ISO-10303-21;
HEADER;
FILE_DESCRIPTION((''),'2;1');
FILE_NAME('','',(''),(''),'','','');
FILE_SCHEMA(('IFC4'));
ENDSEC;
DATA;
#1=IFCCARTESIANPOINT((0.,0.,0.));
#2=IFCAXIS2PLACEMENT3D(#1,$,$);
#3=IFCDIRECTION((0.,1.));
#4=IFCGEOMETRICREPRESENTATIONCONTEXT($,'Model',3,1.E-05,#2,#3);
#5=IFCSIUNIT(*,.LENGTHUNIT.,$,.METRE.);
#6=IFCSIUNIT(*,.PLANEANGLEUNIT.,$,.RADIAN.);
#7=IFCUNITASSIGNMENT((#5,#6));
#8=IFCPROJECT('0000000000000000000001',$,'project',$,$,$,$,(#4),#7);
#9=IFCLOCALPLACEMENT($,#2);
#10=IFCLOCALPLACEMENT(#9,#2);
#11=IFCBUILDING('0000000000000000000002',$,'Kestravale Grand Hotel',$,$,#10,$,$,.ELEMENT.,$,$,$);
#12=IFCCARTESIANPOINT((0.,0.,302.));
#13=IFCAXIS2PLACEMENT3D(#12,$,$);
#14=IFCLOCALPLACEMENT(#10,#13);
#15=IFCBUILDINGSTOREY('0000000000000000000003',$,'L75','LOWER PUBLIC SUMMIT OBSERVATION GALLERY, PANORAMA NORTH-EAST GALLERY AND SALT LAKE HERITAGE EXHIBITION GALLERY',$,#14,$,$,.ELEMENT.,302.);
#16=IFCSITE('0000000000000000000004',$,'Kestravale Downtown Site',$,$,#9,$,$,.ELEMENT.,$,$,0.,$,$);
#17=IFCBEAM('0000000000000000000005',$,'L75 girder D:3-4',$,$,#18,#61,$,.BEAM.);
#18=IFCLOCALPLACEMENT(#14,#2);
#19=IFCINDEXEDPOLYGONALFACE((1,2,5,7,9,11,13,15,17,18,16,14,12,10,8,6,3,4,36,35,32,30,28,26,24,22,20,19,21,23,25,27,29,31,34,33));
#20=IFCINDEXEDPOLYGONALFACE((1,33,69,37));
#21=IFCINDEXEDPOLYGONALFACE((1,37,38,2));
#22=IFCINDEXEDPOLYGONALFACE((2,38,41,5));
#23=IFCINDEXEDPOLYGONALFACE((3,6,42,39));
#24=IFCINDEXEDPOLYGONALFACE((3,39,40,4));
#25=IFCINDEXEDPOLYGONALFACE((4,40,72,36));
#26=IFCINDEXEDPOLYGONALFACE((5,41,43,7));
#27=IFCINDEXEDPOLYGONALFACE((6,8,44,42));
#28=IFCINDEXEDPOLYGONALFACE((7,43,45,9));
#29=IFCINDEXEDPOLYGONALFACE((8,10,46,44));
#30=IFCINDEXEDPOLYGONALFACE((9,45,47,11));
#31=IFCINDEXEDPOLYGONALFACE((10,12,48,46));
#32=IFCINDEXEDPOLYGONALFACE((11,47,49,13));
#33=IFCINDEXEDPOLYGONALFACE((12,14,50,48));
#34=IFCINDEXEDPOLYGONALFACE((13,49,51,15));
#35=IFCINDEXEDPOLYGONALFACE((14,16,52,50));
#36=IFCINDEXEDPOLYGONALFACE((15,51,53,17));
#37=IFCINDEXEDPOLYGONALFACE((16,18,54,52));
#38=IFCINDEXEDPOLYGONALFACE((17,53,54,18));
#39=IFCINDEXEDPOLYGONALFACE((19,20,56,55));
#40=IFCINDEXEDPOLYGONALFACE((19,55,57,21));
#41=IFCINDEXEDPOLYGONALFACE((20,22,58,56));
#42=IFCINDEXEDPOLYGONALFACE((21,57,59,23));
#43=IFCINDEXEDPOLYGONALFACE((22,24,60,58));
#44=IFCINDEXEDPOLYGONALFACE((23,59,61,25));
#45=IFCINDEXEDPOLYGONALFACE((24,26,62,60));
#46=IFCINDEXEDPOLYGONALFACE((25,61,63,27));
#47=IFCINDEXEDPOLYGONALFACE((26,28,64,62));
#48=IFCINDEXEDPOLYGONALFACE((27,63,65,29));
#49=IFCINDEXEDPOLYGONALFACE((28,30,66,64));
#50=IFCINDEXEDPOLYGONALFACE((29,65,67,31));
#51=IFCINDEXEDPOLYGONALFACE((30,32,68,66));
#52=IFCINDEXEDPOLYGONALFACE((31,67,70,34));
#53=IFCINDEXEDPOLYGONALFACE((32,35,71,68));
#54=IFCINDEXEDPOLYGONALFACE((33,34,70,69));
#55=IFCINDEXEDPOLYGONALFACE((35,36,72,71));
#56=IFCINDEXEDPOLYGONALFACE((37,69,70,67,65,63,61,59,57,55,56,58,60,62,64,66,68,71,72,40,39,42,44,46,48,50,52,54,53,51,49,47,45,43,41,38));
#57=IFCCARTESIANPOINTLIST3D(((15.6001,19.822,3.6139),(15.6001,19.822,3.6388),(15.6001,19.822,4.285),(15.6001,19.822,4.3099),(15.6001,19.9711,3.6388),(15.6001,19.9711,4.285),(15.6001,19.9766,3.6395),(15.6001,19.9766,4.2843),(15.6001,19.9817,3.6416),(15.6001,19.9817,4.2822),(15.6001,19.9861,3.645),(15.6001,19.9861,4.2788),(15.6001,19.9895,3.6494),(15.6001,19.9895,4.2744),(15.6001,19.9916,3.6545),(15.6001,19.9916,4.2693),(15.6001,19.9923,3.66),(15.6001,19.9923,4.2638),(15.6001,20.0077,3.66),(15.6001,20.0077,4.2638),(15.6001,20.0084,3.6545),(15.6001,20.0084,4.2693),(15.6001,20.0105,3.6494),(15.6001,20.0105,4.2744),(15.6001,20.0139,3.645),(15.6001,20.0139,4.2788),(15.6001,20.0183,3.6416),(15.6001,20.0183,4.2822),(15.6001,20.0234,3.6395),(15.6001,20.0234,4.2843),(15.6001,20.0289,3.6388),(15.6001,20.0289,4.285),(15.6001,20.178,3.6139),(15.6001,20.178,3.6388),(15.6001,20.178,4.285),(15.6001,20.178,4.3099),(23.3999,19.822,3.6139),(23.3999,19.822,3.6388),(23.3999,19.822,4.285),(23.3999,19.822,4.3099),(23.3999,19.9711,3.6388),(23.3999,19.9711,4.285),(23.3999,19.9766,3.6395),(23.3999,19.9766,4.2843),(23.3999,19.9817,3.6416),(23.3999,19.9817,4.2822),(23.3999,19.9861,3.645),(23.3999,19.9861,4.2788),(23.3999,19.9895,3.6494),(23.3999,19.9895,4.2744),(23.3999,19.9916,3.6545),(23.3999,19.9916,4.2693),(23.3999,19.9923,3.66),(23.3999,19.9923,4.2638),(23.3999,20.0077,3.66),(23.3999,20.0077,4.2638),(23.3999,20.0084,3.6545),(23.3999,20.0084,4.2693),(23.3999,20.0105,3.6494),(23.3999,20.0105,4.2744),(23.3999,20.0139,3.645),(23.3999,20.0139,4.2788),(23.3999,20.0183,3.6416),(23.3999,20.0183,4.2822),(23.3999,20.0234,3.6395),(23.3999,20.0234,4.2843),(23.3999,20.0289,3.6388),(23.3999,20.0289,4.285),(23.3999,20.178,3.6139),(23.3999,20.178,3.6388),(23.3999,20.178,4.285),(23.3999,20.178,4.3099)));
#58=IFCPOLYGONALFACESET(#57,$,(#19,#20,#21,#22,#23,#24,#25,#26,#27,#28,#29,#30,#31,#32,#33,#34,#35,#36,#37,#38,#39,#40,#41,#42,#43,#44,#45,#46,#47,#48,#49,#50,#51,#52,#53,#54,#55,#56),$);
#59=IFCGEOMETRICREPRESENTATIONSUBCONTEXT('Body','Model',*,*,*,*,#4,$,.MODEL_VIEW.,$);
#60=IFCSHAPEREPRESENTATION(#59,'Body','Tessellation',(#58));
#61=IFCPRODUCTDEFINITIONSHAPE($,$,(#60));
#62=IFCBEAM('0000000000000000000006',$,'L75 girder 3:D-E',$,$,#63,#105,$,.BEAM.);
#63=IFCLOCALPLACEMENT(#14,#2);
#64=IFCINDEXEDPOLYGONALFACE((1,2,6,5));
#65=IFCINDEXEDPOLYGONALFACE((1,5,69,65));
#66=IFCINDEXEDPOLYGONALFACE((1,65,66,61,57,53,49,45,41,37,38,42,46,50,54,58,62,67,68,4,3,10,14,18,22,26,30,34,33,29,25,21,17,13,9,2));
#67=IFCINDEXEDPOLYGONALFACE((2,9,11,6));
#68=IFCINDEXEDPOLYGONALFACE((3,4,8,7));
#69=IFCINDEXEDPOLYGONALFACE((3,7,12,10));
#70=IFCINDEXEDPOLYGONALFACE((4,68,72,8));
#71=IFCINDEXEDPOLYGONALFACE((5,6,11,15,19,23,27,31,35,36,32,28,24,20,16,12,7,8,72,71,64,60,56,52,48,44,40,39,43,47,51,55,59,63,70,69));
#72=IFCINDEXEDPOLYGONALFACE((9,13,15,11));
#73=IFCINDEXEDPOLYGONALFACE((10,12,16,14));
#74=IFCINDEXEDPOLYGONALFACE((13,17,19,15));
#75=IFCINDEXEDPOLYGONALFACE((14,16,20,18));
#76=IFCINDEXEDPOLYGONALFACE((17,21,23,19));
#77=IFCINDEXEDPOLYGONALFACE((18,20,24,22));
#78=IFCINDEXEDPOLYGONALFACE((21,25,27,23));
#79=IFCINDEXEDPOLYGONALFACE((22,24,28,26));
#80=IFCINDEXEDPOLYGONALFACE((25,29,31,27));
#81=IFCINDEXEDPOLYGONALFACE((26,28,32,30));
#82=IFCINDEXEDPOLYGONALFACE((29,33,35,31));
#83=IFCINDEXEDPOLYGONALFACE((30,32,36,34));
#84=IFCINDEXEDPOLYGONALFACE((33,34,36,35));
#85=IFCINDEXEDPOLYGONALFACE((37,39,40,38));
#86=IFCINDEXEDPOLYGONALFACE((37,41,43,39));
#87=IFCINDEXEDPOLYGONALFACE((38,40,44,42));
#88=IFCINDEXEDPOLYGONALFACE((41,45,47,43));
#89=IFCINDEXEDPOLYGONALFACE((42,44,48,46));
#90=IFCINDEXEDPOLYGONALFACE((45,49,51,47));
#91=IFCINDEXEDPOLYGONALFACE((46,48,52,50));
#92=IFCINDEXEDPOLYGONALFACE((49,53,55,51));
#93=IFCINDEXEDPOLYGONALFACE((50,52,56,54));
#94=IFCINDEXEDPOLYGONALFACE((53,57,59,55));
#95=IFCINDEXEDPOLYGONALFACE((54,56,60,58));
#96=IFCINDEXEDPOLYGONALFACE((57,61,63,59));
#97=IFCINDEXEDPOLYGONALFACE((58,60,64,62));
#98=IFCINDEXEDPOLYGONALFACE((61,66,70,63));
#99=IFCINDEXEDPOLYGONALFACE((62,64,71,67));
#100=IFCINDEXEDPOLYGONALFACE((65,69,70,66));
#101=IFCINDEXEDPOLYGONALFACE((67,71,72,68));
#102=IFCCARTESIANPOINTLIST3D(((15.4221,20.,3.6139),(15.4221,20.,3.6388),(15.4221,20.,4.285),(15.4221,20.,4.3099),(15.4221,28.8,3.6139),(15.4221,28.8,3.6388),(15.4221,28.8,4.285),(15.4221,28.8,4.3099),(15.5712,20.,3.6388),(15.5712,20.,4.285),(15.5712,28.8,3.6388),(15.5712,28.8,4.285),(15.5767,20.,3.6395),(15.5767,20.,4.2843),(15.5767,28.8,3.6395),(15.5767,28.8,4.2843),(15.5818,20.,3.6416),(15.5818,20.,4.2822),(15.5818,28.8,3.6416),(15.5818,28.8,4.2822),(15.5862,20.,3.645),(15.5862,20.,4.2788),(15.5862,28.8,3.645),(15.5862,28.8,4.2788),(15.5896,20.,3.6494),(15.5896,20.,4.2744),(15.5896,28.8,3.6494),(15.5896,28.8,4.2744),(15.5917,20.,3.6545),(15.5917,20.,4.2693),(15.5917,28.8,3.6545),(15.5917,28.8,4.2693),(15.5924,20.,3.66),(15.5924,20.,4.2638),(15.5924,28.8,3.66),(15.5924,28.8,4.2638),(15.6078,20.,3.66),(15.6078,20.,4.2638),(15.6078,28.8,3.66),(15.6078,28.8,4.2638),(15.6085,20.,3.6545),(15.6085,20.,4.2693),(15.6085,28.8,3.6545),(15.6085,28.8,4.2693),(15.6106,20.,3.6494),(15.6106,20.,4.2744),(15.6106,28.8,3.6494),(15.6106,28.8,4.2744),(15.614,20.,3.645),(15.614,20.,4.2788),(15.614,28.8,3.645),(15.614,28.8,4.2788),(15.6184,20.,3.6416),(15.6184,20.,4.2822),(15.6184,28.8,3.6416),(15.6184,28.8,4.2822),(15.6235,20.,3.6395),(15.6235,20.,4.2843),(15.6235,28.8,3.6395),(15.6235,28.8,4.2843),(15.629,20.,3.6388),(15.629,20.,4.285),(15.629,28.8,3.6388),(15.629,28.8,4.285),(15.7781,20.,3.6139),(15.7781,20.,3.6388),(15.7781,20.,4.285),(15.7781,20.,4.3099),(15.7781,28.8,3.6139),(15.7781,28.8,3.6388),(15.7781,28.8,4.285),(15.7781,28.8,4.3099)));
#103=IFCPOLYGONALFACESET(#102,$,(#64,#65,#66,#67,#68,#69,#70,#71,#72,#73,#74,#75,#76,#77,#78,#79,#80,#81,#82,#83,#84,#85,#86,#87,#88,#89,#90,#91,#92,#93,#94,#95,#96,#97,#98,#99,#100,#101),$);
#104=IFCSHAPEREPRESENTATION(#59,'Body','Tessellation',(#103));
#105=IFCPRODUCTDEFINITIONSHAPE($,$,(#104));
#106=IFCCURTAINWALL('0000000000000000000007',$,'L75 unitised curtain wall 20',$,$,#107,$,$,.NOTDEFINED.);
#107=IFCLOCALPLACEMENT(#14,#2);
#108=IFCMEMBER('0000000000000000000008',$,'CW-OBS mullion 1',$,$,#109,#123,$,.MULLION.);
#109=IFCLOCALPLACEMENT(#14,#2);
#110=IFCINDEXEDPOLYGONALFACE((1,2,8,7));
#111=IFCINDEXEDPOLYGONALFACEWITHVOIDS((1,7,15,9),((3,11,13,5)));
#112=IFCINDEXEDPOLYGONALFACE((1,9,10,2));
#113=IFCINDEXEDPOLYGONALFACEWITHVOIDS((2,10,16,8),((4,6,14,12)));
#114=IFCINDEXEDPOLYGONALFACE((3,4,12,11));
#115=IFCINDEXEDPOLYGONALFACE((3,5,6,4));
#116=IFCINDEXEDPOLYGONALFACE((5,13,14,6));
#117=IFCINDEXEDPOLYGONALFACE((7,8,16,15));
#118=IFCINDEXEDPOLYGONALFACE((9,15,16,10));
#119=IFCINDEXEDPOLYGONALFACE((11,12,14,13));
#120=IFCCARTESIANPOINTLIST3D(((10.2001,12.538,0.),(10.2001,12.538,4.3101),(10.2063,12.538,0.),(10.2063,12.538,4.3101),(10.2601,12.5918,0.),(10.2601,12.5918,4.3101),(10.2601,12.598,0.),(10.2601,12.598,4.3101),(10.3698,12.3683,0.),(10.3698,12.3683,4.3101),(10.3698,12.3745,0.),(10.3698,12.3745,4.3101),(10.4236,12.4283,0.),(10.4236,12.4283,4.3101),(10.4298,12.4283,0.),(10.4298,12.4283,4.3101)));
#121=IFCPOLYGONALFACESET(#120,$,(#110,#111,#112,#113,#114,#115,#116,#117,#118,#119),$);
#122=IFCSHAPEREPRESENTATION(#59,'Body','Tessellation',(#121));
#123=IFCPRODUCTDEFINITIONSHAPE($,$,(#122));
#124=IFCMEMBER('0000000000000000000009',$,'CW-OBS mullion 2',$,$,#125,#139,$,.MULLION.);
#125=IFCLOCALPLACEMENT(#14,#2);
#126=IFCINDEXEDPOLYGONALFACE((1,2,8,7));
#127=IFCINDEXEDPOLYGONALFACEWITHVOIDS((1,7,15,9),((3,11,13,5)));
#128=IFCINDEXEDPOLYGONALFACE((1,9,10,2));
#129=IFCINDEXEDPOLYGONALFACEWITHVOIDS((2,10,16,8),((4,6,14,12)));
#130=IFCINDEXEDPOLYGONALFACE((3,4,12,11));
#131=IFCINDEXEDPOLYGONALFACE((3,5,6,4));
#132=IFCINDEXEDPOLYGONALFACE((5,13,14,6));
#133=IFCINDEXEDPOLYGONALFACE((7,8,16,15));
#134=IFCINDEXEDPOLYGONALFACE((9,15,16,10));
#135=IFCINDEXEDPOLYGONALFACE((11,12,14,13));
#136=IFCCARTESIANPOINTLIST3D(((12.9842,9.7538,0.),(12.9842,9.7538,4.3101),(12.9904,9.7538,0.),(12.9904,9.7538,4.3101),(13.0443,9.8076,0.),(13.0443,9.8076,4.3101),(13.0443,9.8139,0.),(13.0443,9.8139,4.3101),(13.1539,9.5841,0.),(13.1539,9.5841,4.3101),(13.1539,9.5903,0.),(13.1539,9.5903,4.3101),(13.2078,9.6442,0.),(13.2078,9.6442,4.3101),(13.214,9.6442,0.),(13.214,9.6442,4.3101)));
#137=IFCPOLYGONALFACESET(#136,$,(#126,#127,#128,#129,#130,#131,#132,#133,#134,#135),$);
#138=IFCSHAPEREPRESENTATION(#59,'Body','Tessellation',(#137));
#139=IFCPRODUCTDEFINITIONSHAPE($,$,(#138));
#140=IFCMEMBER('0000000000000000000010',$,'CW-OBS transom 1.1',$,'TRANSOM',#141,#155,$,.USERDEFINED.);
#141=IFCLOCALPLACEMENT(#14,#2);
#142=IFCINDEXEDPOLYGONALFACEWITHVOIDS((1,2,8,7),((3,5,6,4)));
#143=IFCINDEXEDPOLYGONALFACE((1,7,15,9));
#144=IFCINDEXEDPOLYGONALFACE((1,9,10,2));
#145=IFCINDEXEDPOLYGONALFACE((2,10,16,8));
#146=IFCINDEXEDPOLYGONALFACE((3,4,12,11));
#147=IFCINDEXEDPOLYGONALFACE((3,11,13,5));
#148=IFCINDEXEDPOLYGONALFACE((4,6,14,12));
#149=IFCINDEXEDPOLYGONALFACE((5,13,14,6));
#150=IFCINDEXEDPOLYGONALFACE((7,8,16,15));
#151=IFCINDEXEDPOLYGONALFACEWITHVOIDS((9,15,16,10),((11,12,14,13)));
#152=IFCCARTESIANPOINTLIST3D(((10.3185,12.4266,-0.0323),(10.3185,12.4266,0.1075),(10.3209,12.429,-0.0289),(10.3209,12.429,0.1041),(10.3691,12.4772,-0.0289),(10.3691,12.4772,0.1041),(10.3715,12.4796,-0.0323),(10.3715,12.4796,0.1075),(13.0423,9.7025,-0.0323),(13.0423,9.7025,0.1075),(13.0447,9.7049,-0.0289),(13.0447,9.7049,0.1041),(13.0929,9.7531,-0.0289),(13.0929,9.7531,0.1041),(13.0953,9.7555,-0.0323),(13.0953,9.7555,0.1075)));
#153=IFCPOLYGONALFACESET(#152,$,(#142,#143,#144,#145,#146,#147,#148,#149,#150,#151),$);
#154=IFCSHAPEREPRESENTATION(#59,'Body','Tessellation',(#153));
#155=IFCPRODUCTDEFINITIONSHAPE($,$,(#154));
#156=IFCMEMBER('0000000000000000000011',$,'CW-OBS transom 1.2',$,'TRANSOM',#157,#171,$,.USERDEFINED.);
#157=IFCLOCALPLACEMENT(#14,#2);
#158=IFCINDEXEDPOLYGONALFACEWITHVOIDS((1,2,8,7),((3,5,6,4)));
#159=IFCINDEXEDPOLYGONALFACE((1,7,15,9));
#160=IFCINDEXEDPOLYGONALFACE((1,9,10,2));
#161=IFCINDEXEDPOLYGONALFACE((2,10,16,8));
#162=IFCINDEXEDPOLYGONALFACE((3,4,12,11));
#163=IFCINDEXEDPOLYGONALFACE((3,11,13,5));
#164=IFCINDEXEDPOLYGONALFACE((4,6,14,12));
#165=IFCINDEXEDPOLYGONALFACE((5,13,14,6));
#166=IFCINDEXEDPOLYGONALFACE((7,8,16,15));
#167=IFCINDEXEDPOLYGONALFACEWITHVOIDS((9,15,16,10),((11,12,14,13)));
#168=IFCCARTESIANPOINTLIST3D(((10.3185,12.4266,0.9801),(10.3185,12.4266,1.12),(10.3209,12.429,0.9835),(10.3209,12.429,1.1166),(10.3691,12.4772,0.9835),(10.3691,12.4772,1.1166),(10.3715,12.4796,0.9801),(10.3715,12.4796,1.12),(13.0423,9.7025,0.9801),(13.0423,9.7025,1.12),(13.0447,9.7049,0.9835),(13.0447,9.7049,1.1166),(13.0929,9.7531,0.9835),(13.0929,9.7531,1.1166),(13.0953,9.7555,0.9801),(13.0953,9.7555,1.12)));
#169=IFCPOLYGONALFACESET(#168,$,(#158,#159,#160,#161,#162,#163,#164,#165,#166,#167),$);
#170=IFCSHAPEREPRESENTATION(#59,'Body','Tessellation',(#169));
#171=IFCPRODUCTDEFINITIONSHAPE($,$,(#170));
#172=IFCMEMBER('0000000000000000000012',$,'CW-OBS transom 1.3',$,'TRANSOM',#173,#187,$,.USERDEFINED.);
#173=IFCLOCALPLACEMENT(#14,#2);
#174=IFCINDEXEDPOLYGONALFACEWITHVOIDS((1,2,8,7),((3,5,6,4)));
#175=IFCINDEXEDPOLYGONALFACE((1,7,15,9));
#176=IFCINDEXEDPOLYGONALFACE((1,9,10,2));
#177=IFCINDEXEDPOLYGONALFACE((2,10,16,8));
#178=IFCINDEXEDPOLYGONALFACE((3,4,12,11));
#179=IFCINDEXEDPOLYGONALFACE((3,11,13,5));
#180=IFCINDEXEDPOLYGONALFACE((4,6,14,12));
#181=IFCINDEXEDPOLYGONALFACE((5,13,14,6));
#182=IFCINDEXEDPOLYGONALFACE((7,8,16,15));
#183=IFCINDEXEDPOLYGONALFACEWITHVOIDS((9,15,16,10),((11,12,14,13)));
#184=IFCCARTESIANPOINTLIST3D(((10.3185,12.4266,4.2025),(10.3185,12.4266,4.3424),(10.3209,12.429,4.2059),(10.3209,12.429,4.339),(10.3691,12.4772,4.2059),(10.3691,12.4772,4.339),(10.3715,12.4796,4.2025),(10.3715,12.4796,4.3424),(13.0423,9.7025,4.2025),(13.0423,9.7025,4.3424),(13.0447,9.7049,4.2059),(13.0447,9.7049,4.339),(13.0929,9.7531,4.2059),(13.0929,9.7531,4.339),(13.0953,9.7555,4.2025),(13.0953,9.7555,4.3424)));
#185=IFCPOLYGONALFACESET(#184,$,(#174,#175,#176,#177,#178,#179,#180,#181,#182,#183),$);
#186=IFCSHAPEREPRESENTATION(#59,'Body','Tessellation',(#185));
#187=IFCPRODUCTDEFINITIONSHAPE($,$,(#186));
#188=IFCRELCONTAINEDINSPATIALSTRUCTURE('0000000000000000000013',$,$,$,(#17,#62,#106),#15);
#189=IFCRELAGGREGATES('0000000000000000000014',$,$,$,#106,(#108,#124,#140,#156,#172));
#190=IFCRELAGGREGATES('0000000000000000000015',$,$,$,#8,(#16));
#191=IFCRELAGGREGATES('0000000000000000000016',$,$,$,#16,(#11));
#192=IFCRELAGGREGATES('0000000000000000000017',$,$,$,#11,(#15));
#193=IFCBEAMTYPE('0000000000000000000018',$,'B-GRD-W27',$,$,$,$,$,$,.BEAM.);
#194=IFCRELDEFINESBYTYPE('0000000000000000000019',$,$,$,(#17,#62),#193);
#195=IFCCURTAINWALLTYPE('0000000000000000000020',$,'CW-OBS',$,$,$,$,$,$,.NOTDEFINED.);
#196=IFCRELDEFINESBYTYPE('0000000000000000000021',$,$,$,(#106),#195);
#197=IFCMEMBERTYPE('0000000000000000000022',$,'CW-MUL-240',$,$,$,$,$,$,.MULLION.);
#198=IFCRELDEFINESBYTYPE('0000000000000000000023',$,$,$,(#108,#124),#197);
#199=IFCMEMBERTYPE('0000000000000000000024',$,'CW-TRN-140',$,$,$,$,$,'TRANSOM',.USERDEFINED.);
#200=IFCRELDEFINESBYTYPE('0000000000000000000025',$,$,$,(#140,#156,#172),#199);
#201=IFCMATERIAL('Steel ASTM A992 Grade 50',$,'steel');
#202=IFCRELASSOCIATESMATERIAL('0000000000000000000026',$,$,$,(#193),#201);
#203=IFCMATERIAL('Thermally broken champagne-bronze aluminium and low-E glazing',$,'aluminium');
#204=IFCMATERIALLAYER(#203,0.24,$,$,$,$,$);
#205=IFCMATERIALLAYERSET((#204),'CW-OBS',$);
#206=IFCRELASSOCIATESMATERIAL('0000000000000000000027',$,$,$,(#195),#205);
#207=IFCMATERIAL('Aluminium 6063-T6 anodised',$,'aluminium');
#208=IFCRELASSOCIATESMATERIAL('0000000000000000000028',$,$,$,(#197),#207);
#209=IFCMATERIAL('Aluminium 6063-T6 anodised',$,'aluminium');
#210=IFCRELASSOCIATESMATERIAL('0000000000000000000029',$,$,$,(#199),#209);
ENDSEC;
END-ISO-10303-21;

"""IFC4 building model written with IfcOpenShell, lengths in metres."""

from ifc_helpers import new_model, si_unit, direction, frame, origin, origin_2d, place, context, subcontext, project, spatial, hollow_rectangle, i_section, extrude, material, layer, layer_set, material_profile, profile_set, type_object, element, aggregate, save


model = new_model("IFC4")

# Units and contexts
model_context = context("Model", 3, precision=1e-05, world=origin(), true_north=direction((0.0, 1.0)))
body_context = subcontext(model_context, "Body", "Model", "MODEL_VIEW")
ifc_project = project(units=[si_unit("LENGTHUNIT", "METRE"), si_unit("PLANEANGLEUNIT", "RADIAN")], contexts=[model_context])

# Site, building, storey
site_placement = place(None, origin())
site = spatial("IfcSite", under=ifc_project, at=site_placement, Name="Kestravale Downtown Site", CompositionType="ELEMENT", RefElevation=0.0)
building_placement = place(site_placement, origin())
building = spatial("IfcBuilding", under=site, at=building_placement, Name="Kestravale Grand Hotel", CompositionType="ELEMENT")
storey_placement = place(building_placement, frame((0.0, 0.0, 302.0)))
storey = spatial("IfcBuildingStorey", under=building, at=storey_placement, Name="L75", Description="LOWER PUBLIC SUMMIT OBSERVATION GALLERY, PANORAMA NORTH-EAST GALLERY AND SALT LAKE HERITAGE EXHIBITION GALLERY", CompositionType="ELEMENT", Elevation=302.0)

# Beams
ifc_material_1 = material(Name="Steel ASTM A992 Grade 50", Category="steel")
ifc_material_profile_1 = material_profile(ifc_material_1, i_section(OverallWidth=0.356, OverallDepth=0.696, WebThickness=0.0154, FlangeThickness=0.0249, FilletRadius=0.0212, at=origin_2d()))
ifc_profile_set_1 = profile_set([ifc_material_profile_1], Name="Steel ASTM A992 Grade 50")
beam_type_1 = type_object("IfcBeamType", Name="B-GRD-W27", PredefinedType="BEAM", material=ifc_profile_set_1)
beam_1_placement = place(storey_placement, frame((15.6001, 20.0, 3.9619), z_axis=(1.0, 0.0, 0.0), x_axis=(0.0, 1.0, 0.0)))
element("IfcBeam", 1, at=beam_1_placement, inside=storey, type_object=beam_type_1, Name="L75 girder D:3-4", PredefinedType="BEAM", context=body_context, shape_type="SweptSolid", body=[
    extrude(i_section(OverallWidth=0.356, OverallDepth=0.696, WebThickness=0.0154, FlangeThickness=0.0249, FilletRadius=0.0212, at=origin_2d()), origin(), (0.0, 0.0, 1.0), 7.7998),
])
beam_2_placement = place(storey_placement, frame((15.6001, 20.0, 3.9619), z_axis=(0.0, 1.0, 0.0), x_axis=(-1.0, 0.0, 0.0)))
element("IfcBeam", 2, at=beam_2_placement, inside=storey, type_object=beam_type_1, Name="L75 girder 3:D-E", PredefinedType="BEAM", context=body_context, shape_type="SweptSolid", body=[
    extrude(i_section(OverallWidth=0.356, OverallDepth=0.696, WebThickness=0.0154, FlangeThickness=0.0249, FilletRadius=0.0212, at=origin_2d()), origin(), (0.0, 0.0, 1.0), 8.8),
])

# Curtain wall, members
ifc_material_2 = material(Name="Thermally broken champagne-bronze aluminium and low-E glazing", Category="aluminium")
ifc_layer_1 = layer(ifc_material_2, 0.24)
ifc_layer_set_1 = layer_set([ifc_layer_1], Name="CW-OBS")
curtain_wall_type = type_object("IfcCurtainWallType", Name="CW-OBS", PredefinedType="NOTDEFINED", material=ifc_layer_set_1)
curtain_wall_placement = place(storey_placement, origin())
curtain_wall = element("IfcCurtainWall", 3, at=curtain_wall_placement, inside=storey, type_object=curtain_wall_type, Name="L75 unitised curtain wall 20", PredefinedType="NOTDEFINED")
ifc_material_3 = material(Name="Aluminium 6063-T6 anodised", Category="aluminium")
ifc_material_profile_2 = material_profile(ifc_material_3, hollow_rectangle(XDim=0.085, YDim=0.24, WallThickness=0.0044, at=origin_2d()))
ifc_profile_set_2 = profile_set([ifc_material_profile_2], Name="Aluminium 6063-T6 anodised")
member_type_1 = type_object("IfcMemberType", Name="CW-MUL-240", PredefinedType="MULLION", material=ifc_profile_set_2)
member_1_placement = place(storey_placement, frame((10.3149, 12.4832, 0.0), z_axis=(0.0, 0.0, 1.0), x_axis=(0.707107, 0.707107, 0.0)))
member_1 = element("IfcMember", 4, at=member_1_placement, type_object=member_type_1, Name="CW-OBS mullion 1", PredefinedType="MULLION", context=body_context, shape_type="SweptSolid", body=[
    extrude(hollow_rectangle(XDim=0.085, YDim=0.24, WallThickness=0.0044, at=origin_2d()), origin(), (0.0, 0.0, 1.0), 4.3101),
])
member_2_placement = place(storey_placement, frame((13.0991, 9.699, 0.0), z_axis=(0.0, 0.0, 1.0), x_axis=(0.707107, 0.707107, 0.0)))
member_2 = element("IfcMember", 5, at=member_2_placement, type_object=member_type_1, Name="CW-OBS mullion 2", PredefinedType="MULLION", context=body_context, shape_type="SweptSolid", body=[
    extrude(hollow_rectangle(XDim=0.085, YDim=0.24, WallThickness=0.0044, at=origin_2d()), origin(), (0.0, 0.0, 1.0), 4.3101),
])
ifc_material_4 = material(Name="Aluminium 6063-T6 anodised", Category="aluminium")
ifc_material_profile_3 = material_profile(ifc_material_4, hollow_rectangle(XDim=0.075, YDim=0.1399, WallThickness=0.0034, at=origin_2d()))
ifc_profile_set_3 = profile_set([ifc_material_profile_3], Name="Aluminium 6063-T6 anodised")
member_type_2 = type_object("IfcMemberType", Name="CW-TRN-140", ElementType="TRANSOM", PredefinedType="USERDEFINED", material=ifc_profile_set_3)
member_3_placement = place(storey_placement, frame((10.345, 12.4531, 0.0376), z_axis=(0.707075, -0.707138, 0.0), x_axis=(0.707138, 0.707075, 0.0)))
member_3 = element("IfcMember", 6, at=member_3_placement, type_object=member_type_2, Name="CW-OBS transom 1.1", ObjectType="TRANSOM", PredefinedType="USERDEFINED", context=body_context, shape_type="SweptSolid", body=[
    extrude(hollow_rectangle(XDim=0.075, YDim=0.1399, WallThickness=0.0034, at=origin_2d()), origin(), (0.0, 0.0, 1.0), 3.8523),
])
member_4_placement = place(storey_placement, frame((10.345, 12.4531, 1.05), z_axis=(0.707075, -0.707138, 0.0), x_axis=(0.707138, 0.707075, 0.0)))
member_4 = element("IfcMember", 7, at=member_4_placement, type_object=member_type_2, Name="CW-OBS transom 1.2", ObjectType="TRANSOM", PredefinedType="USERDEFINED", context=body_context, shape_type="SweptSolid", body=[
    extrude(hollow_rectangle(XDim=0.075, YDim=0.1399, WallThickness=0.0034, at=origin_2d()), origin(), (0.0, 0.0, 1.0), 3.8523),
])
member_5_placement = place(storey_placement, frame((10.345, 12.4531, 4.2725), z_axis=(0.707075, -0.707138, 0.0), x_axis=(0.707138, 0.707075, 0.0)))
member_5 = element("IfcMember", 8, at=member_5_placement, type_object=member_type_2, Name="CW-OBS transom 1.3", ObjectType="TRANSOM", PredefinedType="USERDEFINED", context=body_context, shape_type="SweptSolid", body=[
    extrude(hollow_rectangle(XDim=0.075, YDim=0.1399, WallThickness=0.0034, at=origin_2d()), origin(), (0.0, 0.0, 1.0), 3.8523),
])
aggregate(curtain_wall, [member_1, member_2, member_3, member_4, member_5])

save(model, "model.ifc")
